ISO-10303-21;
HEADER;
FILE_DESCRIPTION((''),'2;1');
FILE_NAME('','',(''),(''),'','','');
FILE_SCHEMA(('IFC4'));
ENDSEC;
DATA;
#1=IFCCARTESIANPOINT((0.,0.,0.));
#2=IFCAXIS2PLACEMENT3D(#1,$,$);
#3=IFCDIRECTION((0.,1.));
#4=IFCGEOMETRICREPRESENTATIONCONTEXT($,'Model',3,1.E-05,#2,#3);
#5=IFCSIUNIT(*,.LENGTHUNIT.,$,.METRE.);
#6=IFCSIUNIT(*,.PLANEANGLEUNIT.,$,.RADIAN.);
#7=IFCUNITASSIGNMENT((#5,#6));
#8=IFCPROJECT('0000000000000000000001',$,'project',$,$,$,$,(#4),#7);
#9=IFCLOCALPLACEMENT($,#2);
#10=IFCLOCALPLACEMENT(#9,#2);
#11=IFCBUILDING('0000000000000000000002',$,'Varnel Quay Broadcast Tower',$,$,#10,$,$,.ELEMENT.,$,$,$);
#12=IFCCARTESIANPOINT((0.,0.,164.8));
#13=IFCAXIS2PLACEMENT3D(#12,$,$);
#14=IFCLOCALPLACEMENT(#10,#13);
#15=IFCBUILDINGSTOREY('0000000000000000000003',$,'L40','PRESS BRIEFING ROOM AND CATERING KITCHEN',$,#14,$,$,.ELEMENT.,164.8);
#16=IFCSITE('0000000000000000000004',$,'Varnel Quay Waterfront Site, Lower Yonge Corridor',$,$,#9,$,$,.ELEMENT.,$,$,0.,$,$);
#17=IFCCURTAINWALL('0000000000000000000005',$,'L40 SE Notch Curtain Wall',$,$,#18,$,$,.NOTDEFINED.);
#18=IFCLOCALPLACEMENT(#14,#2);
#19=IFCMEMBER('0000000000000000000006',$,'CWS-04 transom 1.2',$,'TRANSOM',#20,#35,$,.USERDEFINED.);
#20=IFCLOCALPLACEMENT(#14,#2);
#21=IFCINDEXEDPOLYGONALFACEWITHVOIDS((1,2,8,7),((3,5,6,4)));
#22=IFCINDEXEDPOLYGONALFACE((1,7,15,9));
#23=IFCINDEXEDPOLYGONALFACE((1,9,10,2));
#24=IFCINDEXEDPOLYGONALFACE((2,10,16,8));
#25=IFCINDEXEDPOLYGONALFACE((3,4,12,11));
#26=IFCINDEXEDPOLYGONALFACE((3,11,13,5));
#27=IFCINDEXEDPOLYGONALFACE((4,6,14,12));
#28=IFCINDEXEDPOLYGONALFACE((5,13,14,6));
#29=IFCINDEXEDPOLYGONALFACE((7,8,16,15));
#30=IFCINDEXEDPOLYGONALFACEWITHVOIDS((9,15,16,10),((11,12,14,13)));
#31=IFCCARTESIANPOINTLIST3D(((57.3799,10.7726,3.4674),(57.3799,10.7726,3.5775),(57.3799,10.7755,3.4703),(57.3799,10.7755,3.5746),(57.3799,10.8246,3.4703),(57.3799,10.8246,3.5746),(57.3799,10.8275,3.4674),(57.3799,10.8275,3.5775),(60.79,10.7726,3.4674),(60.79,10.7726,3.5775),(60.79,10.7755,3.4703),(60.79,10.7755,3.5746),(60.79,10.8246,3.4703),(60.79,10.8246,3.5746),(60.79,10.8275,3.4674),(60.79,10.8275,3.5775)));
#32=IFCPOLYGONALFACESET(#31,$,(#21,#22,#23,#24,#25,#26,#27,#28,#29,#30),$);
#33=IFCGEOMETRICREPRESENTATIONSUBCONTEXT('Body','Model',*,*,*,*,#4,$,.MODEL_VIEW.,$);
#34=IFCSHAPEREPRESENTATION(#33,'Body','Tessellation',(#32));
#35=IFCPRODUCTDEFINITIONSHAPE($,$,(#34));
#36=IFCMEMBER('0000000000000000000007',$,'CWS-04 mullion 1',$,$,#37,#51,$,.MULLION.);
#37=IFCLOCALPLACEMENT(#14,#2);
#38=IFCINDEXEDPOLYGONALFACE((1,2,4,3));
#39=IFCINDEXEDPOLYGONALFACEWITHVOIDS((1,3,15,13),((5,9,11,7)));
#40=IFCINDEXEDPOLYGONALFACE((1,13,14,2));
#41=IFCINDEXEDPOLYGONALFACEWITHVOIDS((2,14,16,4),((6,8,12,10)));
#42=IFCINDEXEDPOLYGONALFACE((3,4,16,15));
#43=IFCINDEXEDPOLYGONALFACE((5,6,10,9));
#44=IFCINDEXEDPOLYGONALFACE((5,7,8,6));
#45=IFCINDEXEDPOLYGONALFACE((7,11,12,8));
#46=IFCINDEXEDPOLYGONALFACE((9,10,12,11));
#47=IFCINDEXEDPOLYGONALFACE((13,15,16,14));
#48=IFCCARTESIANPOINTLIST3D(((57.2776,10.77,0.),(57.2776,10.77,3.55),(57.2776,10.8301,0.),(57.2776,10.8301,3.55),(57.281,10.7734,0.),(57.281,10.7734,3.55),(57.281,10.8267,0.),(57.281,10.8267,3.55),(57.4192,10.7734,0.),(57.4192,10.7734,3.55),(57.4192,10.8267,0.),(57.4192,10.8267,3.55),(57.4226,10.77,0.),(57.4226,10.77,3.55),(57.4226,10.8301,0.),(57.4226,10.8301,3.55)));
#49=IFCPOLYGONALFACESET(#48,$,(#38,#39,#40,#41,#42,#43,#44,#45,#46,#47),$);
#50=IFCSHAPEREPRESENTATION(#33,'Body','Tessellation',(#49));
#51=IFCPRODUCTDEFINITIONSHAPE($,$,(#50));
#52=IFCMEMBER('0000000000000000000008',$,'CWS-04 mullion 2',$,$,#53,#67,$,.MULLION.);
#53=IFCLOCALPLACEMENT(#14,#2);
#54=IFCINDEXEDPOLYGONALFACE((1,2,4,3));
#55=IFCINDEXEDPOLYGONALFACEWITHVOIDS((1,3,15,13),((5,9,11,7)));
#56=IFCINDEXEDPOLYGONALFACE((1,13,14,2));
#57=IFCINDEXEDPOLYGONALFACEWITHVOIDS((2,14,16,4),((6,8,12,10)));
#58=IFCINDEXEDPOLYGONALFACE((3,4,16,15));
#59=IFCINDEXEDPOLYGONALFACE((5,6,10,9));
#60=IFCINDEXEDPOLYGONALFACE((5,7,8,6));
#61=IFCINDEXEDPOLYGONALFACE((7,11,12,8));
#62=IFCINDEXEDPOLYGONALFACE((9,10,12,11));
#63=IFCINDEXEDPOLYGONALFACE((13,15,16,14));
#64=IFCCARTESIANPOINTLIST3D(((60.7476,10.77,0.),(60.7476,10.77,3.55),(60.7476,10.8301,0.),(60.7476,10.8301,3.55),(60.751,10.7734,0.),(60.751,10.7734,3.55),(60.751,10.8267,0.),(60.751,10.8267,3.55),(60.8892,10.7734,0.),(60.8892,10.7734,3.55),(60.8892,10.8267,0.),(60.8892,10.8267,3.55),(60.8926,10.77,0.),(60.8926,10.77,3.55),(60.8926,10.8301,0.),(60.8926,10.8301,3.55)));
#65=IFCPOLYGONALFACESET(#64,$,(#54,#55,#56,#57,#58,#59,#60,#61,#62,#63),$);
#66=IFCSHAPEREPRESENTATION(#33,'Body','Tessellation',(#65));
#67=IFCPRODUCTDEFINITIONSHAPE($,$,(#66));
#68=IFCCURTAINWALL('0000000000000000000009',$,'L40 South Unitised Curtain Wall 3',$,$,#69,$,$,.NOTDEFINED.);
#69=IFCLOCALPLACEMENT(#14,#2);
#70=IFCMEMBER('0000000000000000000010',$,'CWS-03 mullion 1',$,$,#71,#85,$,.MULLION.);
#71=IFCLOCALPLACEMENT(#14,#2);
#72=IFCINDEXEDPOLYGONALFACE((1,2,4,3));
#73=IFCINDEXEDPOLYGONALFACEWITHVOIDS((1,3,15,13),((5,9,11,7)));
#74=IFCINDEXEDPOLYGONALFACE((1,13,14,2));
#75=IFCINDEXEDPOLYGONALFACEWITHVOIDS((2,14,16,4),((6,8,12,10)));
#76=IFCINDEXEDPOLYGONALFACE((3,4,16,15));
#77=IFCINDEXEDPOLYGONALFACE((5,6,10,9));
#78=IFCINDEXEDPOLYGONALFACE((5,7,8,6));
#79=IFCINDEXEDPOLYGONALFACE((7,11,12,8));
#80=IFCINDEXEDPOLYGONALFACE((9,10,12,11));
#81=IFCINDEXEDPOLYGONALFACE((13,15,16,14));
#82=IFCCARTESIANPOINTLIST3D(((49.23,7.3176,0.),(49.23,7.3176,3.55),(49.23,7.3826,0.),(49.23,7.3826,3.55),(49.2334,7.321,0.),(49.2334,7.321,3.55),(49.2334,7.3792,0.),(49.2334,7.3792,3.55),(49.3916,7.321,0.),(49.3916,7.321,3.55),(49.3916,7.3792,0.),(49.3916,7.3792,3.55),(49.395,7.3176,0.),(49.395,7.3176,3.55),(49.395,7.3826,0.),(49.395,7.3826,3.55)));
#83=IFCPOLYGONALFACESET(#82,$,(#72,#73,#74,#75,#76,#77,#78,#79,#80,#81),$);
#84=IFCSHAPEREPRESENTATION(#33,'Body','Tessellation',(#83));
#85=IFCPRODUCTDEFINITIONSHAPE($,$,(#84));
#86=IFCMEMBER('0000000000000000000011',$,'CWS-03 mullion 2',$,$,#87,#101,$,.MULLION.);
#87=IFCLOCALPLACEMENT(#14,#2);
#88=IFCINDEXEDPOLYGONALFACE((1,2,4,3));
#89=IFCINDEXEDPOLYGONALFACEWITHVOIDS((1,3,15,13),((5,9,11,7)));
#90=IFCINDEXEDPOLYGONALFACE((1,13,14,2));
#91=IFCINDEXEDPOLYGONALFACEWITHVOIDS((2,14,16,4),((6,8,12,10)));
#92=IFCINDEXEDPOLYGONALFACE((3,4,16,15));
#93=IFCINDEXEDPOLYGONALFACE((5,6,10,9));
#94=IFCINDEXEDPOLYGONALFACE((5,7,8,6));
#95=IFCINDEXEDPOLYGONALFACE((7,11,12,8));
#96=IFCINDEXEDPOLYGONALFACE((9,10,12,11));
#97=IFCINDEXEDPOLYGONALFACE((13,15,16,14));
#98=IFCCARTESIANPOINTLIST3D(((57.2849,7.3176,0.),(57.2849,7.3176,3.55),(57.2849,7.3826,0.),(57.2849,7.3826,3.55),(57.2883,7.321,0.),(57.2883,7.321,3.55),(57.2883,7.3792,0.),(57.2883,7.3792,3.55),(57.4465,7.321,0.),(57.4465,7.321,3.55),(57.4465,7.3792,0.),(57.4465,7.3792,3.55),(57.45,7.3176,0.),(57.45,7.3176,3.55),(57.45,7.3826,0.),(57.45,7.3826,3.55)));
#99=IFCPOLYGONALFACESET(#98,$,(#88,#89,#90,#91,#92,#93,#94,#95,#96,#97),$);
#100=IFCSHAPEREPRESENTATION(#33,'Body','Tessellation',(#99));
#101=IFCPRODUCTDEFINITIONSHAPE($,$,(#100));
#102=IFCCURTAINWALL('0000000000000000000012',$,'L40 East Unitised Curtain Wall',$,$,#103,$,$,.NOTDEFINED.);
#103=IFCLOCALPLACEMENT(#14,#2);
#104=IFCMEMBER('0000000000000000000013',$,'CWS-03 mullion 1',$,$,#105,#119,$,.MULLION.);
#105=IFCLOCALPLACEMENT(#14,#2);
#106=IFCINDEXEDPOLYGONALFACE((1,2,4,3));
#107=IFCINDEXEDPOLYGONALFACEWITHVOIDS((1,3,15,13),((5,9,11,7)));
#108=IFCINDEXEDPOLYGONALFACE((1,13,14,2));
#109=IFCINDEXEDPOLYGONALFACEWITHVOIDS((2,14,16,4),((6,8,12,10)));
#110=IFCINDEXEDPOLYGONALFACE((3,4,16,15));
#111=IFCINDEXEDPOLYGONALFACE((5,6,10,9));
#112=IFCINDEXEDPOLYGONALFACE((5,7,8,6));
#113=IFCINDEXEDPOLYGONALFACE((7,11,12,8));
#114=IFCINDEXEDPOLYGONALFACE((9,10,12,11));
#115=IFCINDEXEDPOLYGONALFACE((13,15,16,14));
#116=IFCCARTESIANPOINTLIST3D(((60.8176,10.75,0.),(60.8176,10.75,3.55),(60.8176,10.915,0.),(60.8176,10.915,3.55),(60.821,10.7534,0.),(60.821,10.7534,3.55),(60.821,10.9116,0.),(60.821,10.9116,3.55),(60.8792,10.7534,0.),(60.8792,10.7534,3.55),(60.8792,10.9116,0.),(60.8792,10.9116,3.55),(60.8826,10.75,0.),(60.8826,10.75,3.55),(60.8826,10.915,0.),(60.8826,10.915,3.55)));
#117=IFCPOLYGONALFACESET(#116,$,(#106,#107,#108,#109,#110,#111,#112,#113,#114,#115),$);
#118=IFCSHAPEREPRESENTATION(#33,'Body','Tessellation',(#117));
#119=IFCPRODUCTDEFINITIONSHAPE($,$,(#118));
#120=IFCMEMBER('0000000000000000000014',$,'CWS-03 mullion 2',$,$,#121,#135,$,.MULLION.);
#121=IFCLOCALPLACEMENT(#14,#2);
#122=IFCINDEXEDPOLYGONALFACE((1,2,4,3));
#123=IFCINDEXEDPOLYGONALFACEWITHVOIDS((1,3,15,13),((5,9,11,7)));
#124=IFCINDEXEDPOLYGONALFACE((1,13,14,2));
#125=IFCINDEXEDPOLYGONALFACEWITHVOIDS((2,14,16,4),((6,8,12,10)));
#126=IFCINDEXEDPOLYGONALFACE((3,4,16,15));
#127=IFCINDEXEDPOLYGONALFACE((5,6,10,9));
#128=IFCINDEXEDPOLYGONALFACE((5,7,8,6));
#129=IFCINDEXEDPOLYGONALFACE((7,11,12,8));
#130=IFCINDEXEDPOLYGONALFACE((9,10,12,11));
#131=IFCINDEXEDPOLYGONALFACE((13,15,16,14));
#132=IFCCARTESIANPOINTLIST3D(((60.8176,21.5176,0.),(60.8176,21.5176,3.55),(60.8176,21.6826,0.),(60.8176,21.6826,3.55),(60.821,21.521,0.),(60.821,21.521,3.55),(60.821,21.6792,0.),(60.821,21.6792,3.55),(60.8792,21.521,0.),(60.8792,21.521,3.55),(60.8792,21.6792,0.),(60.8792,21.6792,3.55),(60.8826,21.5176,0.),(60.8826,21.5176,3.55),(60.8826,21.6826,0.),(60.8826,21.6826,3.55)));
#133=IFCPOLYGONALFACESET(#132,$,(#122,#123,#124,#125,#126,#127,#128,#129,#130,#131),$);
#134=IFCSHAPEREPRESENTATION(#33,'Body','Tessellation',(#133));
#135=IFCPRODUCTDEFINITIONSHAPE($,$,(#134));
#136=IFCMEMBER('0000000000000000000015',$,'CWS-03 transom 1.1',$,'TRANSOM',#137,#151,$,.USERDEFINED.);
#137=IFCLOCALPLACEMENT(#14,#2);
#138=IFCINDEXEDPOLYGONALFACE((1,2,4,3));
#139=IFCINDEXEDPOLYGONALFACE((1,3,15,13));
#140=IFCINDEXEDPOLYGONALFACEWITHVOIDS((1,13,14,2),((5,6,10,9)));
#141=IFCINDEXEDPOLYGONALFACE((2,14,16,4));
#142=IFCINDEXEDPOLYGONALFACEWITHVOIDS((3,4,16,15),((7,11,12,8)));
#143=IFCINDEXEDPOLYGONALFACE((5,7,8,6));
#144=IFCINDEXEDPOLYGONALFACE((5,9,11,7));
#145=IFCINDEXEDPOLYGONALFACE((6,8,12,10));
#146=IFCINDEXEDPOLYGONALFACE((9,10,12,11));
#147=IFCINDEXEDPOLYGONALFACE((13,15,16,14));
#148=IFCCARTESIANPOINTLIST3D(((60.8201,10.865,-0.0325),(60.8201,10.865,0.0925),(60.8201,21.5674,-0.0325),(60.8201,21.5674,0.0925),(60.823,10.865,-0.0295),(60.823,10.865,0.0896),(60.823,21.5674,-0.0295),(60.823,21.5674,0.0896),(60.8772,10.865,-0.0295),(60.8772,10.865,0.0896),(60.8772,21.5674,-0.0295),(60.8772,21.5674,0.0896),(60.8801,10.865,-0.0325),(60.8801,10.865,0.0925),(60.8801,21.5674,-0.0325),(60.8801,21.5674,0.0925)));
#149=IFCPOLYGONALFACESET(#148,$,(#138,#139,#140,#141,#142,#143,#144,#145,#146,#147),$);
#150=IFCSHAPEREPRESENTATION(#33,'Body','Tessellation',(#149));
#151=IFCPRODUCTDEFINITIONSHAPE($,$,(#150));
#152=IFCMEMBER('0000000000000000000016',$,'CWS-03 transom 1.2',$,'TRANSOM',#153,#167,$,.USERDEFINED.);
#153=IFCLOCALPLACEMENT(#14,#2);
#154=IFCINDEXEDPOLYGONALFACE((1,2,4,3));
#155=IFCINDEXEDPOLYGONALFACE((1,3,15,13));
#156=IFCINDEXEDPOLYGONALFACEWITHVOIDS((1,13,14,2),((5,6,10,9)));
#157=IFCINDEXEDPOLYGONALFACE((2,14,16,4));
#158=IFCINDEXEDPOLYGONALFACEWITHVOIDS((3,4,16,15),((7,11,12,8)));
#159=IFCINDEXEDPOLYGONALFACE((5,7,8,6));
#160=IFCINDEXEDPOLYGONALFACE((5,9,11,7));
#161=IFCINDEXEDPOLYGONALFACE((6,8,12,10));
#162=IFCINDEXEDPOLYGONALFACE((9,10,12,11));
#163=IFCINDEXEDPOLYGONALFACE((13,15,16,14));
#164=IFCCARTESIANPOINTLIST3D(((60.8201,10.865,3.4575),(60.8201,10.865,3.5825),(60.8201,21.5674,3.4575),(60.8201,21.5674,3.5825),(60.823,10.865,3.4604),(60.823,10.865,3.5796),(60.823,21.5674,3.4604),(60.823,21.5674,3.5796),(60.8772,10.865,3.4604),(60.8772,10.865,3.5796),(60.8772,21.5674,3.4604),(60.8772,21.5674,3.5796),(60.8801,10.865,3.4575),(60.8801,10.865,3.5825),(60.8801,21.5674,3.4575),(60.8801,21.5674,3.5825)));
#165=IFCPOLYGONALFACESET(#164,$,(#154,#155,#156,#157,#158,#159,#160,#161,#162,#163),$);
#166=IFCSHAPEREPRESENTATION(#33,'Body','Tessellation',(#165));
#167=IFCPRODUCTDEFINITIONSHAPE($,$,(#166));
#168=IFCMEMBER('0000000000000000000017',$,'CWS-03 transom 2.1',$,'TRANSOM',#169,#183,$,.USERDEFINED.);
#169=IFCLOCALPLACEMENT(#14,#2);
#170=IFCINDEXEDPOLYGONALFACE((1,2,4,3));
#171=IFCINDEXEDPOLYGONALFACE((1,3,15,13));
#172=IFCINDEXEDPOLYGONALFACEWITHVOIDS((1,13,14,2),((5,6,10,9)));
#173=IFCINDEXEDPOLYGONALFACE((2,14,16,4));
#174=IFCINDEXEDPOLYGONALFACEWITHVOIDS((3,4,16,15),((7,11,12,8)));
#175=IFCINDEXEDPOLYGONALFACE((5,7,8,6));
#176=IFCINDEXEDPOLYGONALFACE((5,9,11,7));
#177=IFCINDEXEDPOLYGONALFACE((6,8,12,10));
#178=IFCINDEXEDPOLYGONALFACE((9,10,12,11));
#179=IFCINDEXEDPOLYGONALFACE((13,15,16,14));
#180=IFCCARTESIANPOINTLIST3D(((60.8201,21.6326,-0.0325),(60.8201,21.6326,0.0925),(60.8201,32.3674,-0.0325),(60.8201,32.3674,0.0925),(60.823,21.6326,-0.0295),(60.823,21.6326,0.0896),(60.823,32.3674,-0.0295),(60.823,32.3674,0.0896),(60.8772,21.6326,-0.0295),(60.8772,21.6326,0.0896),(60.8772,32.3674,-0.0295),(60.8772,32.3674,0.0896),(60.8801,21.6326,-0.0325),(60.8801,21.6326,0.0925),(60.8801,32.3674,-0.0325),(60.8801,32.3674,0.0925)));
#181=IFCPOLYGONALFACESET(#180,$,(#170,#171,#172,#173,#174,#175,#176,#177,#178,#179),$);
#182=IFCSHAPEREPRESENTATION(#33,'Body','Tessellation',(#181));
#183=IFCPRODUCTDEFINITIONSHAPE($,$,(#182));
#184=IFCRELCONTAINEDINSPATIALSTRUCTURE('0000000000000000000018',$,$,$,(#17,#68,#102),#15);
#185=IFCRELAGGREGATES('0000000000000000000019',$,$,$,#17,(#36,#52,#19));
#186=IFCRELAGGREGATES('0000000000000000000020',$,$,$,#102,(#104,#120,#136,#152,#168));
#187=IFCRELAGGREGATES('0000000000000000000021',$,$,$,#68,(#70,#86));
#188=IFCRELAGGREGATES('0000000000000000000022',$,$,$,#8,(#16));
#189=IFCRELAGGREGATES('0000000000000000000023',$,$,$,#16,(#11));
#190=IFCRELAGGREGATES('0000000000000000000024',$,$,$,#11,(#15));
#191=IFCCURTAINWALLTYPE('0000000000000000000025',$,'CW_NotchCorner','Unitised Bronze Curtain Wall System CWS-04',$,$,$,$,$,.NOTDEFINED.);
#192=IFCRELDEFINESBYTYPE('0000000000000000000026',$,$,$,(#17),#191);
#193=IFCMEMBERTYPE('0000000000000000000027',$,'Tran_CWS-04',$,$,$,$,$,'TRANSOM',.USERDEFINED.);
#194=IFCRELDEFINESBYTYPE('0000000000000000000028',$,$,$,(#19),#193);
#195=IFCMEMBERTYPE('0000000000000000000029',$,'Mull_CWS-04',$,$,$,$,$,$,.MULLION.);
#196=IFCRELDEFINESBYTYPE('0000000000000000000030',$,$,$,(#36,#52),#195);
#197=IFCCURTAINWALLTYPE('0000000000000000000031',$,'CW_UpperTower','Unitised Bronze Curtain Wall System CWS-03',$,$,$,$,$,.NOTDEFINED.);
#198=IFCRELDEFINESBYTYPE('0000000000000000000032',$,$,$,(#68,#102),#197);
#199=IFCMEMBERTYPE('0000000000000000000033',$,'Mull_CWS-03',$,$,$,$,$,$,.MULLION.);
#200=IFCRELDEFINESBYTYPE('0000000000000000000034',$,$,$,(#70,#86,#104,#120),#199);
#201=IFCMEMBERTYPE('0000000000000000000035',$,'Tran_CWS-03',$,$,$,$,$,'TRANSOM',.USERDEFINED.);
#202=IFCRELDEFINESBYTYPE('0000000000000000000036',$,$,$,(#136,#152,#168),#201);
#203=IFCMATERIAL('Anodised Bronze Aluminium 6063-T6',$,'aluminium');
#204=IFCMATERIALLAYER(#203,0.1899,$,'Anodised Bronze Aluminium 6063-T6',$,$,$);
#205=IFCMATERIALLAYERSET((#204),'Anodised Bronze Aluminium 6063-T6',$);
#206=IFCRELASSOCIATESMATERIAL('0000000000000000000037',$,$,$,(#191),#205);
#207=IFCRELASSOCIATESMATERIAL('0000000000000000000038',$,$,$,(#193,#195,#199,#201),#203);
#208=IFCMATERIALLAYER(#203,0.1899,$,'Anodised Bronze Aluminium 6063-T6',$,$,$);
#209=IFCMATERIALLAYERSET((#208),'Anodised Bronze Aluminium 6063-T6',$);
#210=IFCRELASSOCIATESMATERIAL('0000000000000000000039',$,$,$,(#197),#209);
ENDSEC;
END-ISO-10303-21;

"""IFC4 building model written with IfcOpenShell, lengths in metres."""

from ifc_helpers import new_model, si_unit, direction, frame, origin, origin_2d, place, context, subcontext, project, spatial, hollow_rectangle, extrude, source, transform, mapped, material, layer, layer_set, material_profile, profile_set, type_object, type_shapes, element, aggregate, save


model = new_model("IFC4")

# Units and contexts
model_context = context("Model", 3, precision=1e-05, world=origin(), true_north=direction((0.0, 1.0)))
body_context = subcontext(model_context, "Body", "Model", "MODEL_VIEW")
ifc_project = project(units=[si_unit("LENGTHUNIT", "METRE"), si_unit("PLANEANGLEUNIT", "RADIAN")], contexts=[model_context])

# Site, building, storey
site_placement = place(None, origin())
site = spatial("IfcSite", under=ifc_project, at=site_placement, Name="Varnel Quay Waterfront Site, Lower Yonge Corridor", CompositionType="ELEMENT", RefElevation=0.0)
building_placement = place(site_placement, origin())
building = spatial("IfcBuilding", under=site, at=building_placement, Name="Varnel Quay Broadcast Tower", CompositionType="ELEMENT")
storey_placement = place(building_placement, frame((0.0, 0.0, 164.8)))
storey = spatial("IfcBuildingStorey", under=building, at=storey_placement, Name="L40", Description="PRESS BRIEFING ROOM AND CATERING KITCHEN", CompositionType="ELEMENT", Elevation=164.8)

# Curtain walls, members
ifc_material_1 = material(Name="Anodised Bronze Aluminium 6063-T6", Category="aluminium")
ifc_layer_1 = layer(ifc_material_1, 0.1899, Name="Anodised Bronze Aluminium 6063-T6")
ifc_layer_set_1 = layer_set([ifc_layer_1], Name="Anodised Bronze Aluminium 6063-T6")
curtain_wall_type_1 = type_object("IfcCurtainWallType", Name="CW_NotchCorner", Description="Unitised Bronze Curtain Wall System CWS-04", PredefinedType="NOTDEFINED", material=ifc_layer_set_1)
curtain_wall_1_placement = place(storey_placement, origin())
curtain_wall_1 = element("IfcCurtainWall", 1, at=curtain_wall_1_placement, inside=storey, type_object=curtain_wall_type_1, Name="L40 SE Notch Curtain Wall", PredefinedType="NOTDEFINED")
ifc_material_profile_1 = material_profile(ifc_material_1, hollow_rectangle(XDim=0.0549, YDim=0.1101, WallThickness=0.0029, at=origin_2d()), Name="ALU55X110X3")
ifc_profile_set_1 = profile_set([ifc_material_profile_1], Name="Anodised Bronze Aluminium 6063-T6")
member_type_1 = type_object("IfcMemberType", Name="Tran_CWS-04", ElementType="TRANSOM", PredefinedType="USERDEFINED", material=ifc_profile_set_1)
shared_shape_1 = source(origin(), body_context, "Body", "SweptSolid", [
    extrude(hollow_rectangle(XDim=0.0549, YDim=0.1101, WallThickness=0.0029, at=origin_2d()), origin(), (0.0, 0.0, 1.0), 3.4102),
])
type_shapes(member_type_1, [shared_shape_1])
member_1_placement = place(storey_placement, frame((57.3799, 10.8, 3.5225), z_axis=(1.0, 0.0, 0.0), x_axis=(0.0, 1.0, 0.0)))
member_1 = element("IfcMember", 2, at=member_1_placement, type_object=member_type_1, Name="CWS-04 transom 1.2", ObjectType="TRANSOM", PredefinedType="USERDEFINED", context=body_context, shape_type="MappedRepresentation", body=[
    mapped(shared_shape_1, transform((0.0, 0.0, 0.0), x_axis=(1.0, 0.0, 0.0), y_axis=(0.0, 1.0, 0.0), z_axis=(0.0, 0.0, 1.0), scale=1.0)),
])
ifc_material_profile_2 = material_profile(ifc_material_1, hollow_rectangle(XDim=0.0601, YDim=0.145, WallThickness=0.0034, at=origin_2d()), Name="ALU60X145X3.5")
ifc_profile_set_2 = profile_set([ifc_material_profile_2], Name="Anodised Bronze Aluminium 6063-T6")
member_type_2 = type_object("IfcMemberType", Name="Mull_CWS-04", PredefinedType="MULLION", material=ifc_profile_set_2)
shared_shape_2 = source(origin(), body_context, "Body", "SweptSolid", [
    extrude(hollow_rectangle(XDim=0.0601, YDim=0.145, WallThickness=0.0034, at=origin_2d()), origin(), (0.0, 0.0, 1.0), 3.55),
])
type_shapes(member_type_2, [shared_shape_2])
member_2_placement = place(storey_placement, frame((57.3501, 10.8, 0.0), z_axis=(0.0, 0.0, 1.0), x_axis=(0.0, 1.0, 0.0)))
member_2 = element("IfcMember", 3, at=member_2_placement, type_object=member_type_2, Name="CWS-04 mullion 1", PredefinedType="MULLION", context=body_context, shape_type="MappedRepresentation", body=[
    mapped(shared_shape_2, transform((0.0, 0.0, 0.0), x_axis=(1.0, 0.0, 0.0), y_axis=(0.0, 1.0, 0.0), z_axis=(0.0, 0.0, 1.0), scale=1.0)),
])
member_3_placement = place(storey_placement, frame((60.8201, 10.8, 0.0), z_axis=(0.0, 0.0, 1.0), x_axis=(0.0, 1.0, 0.0)))
member_3 = element("IfcMember", 4, at=member_3_placement, type_object=member_type_2, Name="CWS-04 mullion 2", PredefinedType="MULLION", context=body_context, shape_type="MappedRepresentation", body=[
    mapped(shared_shape_2, transform((0.0, 0.0, 0.0), x_axis=(1.0, 0.0, 0.0), y_axis=(0.0, 1.0, 0.0), z_axis=(0.0, 0.0, 1.0), scale=1.0)),
])
ifc_layer_2 = layer(ifc_material_1, 0.1899, Name="Anodised Bronze Aluminium 6063-T6")
ifc_layer_set_2 = layer_set([ifc_layer_2], Name="Anodised Bronze Aluminium 6063-T6")
curtain_wall_type_2 = type_object("IfcCurtainWallType", Name="CW_UpperTower", Description="Unitised Bronze Curtain Wall System CWS-03", PredefinedType="NOTDEFINED", material=ifc_layer_set_2)
curtain_wall_2_placement = place(storey_placement, origin())
curtain_wall_2 = element("IfcCurtainWall", 5, at=curtain_wall_2_placement, inside=storey, type_object=curtain_wall_type_2, Name="L40 South Unitised Curtain Wall 3", PredefinedType="NOTDEFINED")
ifc_material_profile_3 = material_profile(ifc_material_1, hollow_rectangle(XDim=0.0649, YDim=0.165, WallThickness=0.0034, at=origin_2d()), Name="ALU65X165X3.5")
ifc_profile_set_3 = profile_set([ifc_material_profile_3], Name="Anodised Bronze Aluminium 6063-T6")
member_type_3 = type_object("IfcMemberType", Name="Mull_CWS-03", PredefinedType="MULLION", material=ifc_profile_set_3)
shared_shape_3 = source(origin(), body_context, "Body", "SweptSolid", [
    extrude(hollow_rectangle(XDim=0.0649, YDim=0.165, WallThickness=0.0034, at=origin_2d()), origin(), (0.0, 0.0, 1.0), 3.55),
])
type_shapes(member_type_3, [shared_shape_3])
member_4_placement = place(storey_placement, frame((49.3125, 7.3501, 0.0), z_axis=(0.0, 0.0, 1.0), x_axis=(0.0, 1.0, 0.0)))
member_4 = element("IfcMember", 6, at=member_4_placement, type_object=member_type_3, Name="CWS-03 mullion 1", PredefinedType="MULLION", context=body_context, shape_type="MappedRepresentation", body=[
    mapped(shared_shape_3, transform((0.0, 0.0, 0.0), x_axis=(1.0, 0.0, 0.0), y_axis=(0.0, 1.0, 0.0), z_axis=(0.0, 0.0, 1.0), scale=1.0)),
])
member_5_placement = place(storey_placement, frame((57.3674, 7.3501, 0.0), z_axis=(0.0, 0.0, 1.0), x_axis=(0.0, 1.0, 0.0)))
member_5 = element("IfcMember", 7, at=member_5_placement, type_object=member_type_3, Name="CWS-03 mullion 2", PredefinedType="MULLION", context=body_context, shape_type="MappedRepresentation", body=[
    mapped(shared_shape_3, transform((0.0, 0.0, 0.0), x_axis=(1.0, 0.0, 0.0), y_axis=(0.0, 1.0, 0.0), z_axis=(0.0, 0.0, 1.0), scale=1.0)),
])
curtain_wall_3_placement = place(storey_placement, origin())
curtain_wall_3 = element("IfcCurtainWall", 8, at=curtain_wall_3_placement, inside=storey, type_object=curtain_wall_type_2, Name="L40 East Unitised Curtain Wall", PredefinedType="NOTDEFINED")
member_6_placement = place(storey_placement, frame((60.8501, 10.8325, 0.0), z_axis=(0.0, 0.0, 1.0), x_axis=(-1.0, 0.0, 0.0)))
member_6 = element("IfcMember", 9, at=member_6_placement, type_object=member_type_3, Name="CWS-03 mullion 1", PredefinedType="MULLION", context=body_context, shape_type="MappedRepresentation", body=[
    mapped(shared_shape_3, transform((0.0, 0.0, 0.0), x_axis=(1.0, 0.0, 0.0), y_axis=(0.0, 1.0, 0.0), z_axis=(0.0, 0.0, 1.0), scale=1.0)),
])
member_7_placement = place(storey_placement, frame((60.8501, 21.6001, 0.0), z_axis=(0.0, 0.0, 1.0), x_axis=(-1.0, 0.0, 0.0)))
member_7 = element("IfcMember", 10, at=member_7_placement, type_object=member_type_3, Name="CWS-03 mullion 2", PredefinedType="MULLION", context=body_context, shape_type="MappedRepresentation", body=[
    mapped(shared_shape_3, transform((0.0, 0.0, 0.0), x_axis=(1.0, 0.0, 0.0), y_axis=(0.0, 1.0, 0.0), z_axis=(0.0, 0.0, 1.0), scale=1.0)),
])
ifc_material_profile_4 = material_profile(ifc_material_1, hollow_rectangle(XDim=0.0601, YDim=0.125, WallThickness=0.0029, at=origin_2d()), Name="ALU60X125X3")
ifc_profile_set_4 = profile_set([ifc_material_profile_4], Name="Anodised Bronze Aluminium 6063-T6")
member_type_4 = type_object("IfcMemberType", Name="Tran_CWS-03", ElementType="TRANSOM", PredefinedType="USERDEFINED", material=ifc_profile_set_4)
shared_shape_4 = source(origin(), body_context, "Body", "SweptSolid", [
    extrude(hollow_rectangle(XDim=0.0601, YDim=0.125, WallThickness=0.0029, at=origin_2d()), origin(), (0.0, 0.0, 1.0), 10.7024),
])
member_8_placement = place(storey_placement, frame((60.8501, 10.865, 0.03), z_axis=(0.0, 1.0, 0.0), x_axis=(-1.0, 0.0, 0.0)))
member_8 = element("IfcMember", 11, at=member_8_placement, type_object=member_type_4, Name="CWS-03 transom 1.1", ObjectType="TRANSOM", PredefinedType="USERDEFINED", context=body_context, shape_type="MappedRepresentation", body=[
    mapped(shared_shape_4, transform((0.0, 0.0, 0.0), x_axis=(1.0, 0.0, 0.0), y_axis=(0.0, 1.0, 0.0), z_axis=(0.0, 0.0, 1.0), scale=1.0)),
])
member_9_placement = place(storey_placement, frame((60.8501, 10.865, 3.52), z_axis=(0.0, 1.0, 0.0), x_axis=(-1.0, 0.0, 0.0)))
member_9 = element("IfcMember", 12, at=member_9_placement, type_object=member_type_4, Name="CWS-03 transom 1.2", ObjectType="TRANSOM", PredefinedType="USERDEFINED", context=body_context, shape_type="MappedRepresentation", body=[
    mapped(shared_shape_4, transform((0.0, 0.0, 0.0), x_axis=(1.0, 0.0, 0.0), y_axis=(0.0, 1.0, 0.0), z_axis=(0.0, 0.0, 1.0), scale=1.0)),
])
shared_shape_5 = source(origin(), body_context, "Body", "SweptSolid", [
    extrude(hollow_rectangle(XDim=0.0601, YDim=0.125, WallThickness=0.0029, at=origin_2d()), origin(), (0.0, 0.0, 1.0), 10.7349),
])
member_10_placement = place(storey_placement, frame((60.8501, 21.6326, 0.03), z_axis=(0.0, 1.0, 0.0), x_axis=(-1.0, 0.0, 0.0)))
member_10 = element("IfcMember", 13, at=member_10_placement, type_object=member_type_4, Name="CWS-03 transom 2.1", ObjectType="TRANSOM", PredefinedType="USERDEFINED", context=body_context, shape_type="MappedRepresentation", body=[
    mapped(shared_shape_5, transform((0.0, 0.0, 0.0), x_axis=(1.0, 0.0, 0.0), y_axis=(0.0, 1.0, 0.0), z_axis=(0.0, 0.0, 1.0), scale=1.0)),
])

aggregate(curtain_wall_1, [member_2, member_3, member_1])
aggregate(curtain_wall_3, [member_6, member_7, member_8, member_9, member_10])
aggregate(curtain_wall_2, [member_4, member_5])

save(model, "model.ifc")
